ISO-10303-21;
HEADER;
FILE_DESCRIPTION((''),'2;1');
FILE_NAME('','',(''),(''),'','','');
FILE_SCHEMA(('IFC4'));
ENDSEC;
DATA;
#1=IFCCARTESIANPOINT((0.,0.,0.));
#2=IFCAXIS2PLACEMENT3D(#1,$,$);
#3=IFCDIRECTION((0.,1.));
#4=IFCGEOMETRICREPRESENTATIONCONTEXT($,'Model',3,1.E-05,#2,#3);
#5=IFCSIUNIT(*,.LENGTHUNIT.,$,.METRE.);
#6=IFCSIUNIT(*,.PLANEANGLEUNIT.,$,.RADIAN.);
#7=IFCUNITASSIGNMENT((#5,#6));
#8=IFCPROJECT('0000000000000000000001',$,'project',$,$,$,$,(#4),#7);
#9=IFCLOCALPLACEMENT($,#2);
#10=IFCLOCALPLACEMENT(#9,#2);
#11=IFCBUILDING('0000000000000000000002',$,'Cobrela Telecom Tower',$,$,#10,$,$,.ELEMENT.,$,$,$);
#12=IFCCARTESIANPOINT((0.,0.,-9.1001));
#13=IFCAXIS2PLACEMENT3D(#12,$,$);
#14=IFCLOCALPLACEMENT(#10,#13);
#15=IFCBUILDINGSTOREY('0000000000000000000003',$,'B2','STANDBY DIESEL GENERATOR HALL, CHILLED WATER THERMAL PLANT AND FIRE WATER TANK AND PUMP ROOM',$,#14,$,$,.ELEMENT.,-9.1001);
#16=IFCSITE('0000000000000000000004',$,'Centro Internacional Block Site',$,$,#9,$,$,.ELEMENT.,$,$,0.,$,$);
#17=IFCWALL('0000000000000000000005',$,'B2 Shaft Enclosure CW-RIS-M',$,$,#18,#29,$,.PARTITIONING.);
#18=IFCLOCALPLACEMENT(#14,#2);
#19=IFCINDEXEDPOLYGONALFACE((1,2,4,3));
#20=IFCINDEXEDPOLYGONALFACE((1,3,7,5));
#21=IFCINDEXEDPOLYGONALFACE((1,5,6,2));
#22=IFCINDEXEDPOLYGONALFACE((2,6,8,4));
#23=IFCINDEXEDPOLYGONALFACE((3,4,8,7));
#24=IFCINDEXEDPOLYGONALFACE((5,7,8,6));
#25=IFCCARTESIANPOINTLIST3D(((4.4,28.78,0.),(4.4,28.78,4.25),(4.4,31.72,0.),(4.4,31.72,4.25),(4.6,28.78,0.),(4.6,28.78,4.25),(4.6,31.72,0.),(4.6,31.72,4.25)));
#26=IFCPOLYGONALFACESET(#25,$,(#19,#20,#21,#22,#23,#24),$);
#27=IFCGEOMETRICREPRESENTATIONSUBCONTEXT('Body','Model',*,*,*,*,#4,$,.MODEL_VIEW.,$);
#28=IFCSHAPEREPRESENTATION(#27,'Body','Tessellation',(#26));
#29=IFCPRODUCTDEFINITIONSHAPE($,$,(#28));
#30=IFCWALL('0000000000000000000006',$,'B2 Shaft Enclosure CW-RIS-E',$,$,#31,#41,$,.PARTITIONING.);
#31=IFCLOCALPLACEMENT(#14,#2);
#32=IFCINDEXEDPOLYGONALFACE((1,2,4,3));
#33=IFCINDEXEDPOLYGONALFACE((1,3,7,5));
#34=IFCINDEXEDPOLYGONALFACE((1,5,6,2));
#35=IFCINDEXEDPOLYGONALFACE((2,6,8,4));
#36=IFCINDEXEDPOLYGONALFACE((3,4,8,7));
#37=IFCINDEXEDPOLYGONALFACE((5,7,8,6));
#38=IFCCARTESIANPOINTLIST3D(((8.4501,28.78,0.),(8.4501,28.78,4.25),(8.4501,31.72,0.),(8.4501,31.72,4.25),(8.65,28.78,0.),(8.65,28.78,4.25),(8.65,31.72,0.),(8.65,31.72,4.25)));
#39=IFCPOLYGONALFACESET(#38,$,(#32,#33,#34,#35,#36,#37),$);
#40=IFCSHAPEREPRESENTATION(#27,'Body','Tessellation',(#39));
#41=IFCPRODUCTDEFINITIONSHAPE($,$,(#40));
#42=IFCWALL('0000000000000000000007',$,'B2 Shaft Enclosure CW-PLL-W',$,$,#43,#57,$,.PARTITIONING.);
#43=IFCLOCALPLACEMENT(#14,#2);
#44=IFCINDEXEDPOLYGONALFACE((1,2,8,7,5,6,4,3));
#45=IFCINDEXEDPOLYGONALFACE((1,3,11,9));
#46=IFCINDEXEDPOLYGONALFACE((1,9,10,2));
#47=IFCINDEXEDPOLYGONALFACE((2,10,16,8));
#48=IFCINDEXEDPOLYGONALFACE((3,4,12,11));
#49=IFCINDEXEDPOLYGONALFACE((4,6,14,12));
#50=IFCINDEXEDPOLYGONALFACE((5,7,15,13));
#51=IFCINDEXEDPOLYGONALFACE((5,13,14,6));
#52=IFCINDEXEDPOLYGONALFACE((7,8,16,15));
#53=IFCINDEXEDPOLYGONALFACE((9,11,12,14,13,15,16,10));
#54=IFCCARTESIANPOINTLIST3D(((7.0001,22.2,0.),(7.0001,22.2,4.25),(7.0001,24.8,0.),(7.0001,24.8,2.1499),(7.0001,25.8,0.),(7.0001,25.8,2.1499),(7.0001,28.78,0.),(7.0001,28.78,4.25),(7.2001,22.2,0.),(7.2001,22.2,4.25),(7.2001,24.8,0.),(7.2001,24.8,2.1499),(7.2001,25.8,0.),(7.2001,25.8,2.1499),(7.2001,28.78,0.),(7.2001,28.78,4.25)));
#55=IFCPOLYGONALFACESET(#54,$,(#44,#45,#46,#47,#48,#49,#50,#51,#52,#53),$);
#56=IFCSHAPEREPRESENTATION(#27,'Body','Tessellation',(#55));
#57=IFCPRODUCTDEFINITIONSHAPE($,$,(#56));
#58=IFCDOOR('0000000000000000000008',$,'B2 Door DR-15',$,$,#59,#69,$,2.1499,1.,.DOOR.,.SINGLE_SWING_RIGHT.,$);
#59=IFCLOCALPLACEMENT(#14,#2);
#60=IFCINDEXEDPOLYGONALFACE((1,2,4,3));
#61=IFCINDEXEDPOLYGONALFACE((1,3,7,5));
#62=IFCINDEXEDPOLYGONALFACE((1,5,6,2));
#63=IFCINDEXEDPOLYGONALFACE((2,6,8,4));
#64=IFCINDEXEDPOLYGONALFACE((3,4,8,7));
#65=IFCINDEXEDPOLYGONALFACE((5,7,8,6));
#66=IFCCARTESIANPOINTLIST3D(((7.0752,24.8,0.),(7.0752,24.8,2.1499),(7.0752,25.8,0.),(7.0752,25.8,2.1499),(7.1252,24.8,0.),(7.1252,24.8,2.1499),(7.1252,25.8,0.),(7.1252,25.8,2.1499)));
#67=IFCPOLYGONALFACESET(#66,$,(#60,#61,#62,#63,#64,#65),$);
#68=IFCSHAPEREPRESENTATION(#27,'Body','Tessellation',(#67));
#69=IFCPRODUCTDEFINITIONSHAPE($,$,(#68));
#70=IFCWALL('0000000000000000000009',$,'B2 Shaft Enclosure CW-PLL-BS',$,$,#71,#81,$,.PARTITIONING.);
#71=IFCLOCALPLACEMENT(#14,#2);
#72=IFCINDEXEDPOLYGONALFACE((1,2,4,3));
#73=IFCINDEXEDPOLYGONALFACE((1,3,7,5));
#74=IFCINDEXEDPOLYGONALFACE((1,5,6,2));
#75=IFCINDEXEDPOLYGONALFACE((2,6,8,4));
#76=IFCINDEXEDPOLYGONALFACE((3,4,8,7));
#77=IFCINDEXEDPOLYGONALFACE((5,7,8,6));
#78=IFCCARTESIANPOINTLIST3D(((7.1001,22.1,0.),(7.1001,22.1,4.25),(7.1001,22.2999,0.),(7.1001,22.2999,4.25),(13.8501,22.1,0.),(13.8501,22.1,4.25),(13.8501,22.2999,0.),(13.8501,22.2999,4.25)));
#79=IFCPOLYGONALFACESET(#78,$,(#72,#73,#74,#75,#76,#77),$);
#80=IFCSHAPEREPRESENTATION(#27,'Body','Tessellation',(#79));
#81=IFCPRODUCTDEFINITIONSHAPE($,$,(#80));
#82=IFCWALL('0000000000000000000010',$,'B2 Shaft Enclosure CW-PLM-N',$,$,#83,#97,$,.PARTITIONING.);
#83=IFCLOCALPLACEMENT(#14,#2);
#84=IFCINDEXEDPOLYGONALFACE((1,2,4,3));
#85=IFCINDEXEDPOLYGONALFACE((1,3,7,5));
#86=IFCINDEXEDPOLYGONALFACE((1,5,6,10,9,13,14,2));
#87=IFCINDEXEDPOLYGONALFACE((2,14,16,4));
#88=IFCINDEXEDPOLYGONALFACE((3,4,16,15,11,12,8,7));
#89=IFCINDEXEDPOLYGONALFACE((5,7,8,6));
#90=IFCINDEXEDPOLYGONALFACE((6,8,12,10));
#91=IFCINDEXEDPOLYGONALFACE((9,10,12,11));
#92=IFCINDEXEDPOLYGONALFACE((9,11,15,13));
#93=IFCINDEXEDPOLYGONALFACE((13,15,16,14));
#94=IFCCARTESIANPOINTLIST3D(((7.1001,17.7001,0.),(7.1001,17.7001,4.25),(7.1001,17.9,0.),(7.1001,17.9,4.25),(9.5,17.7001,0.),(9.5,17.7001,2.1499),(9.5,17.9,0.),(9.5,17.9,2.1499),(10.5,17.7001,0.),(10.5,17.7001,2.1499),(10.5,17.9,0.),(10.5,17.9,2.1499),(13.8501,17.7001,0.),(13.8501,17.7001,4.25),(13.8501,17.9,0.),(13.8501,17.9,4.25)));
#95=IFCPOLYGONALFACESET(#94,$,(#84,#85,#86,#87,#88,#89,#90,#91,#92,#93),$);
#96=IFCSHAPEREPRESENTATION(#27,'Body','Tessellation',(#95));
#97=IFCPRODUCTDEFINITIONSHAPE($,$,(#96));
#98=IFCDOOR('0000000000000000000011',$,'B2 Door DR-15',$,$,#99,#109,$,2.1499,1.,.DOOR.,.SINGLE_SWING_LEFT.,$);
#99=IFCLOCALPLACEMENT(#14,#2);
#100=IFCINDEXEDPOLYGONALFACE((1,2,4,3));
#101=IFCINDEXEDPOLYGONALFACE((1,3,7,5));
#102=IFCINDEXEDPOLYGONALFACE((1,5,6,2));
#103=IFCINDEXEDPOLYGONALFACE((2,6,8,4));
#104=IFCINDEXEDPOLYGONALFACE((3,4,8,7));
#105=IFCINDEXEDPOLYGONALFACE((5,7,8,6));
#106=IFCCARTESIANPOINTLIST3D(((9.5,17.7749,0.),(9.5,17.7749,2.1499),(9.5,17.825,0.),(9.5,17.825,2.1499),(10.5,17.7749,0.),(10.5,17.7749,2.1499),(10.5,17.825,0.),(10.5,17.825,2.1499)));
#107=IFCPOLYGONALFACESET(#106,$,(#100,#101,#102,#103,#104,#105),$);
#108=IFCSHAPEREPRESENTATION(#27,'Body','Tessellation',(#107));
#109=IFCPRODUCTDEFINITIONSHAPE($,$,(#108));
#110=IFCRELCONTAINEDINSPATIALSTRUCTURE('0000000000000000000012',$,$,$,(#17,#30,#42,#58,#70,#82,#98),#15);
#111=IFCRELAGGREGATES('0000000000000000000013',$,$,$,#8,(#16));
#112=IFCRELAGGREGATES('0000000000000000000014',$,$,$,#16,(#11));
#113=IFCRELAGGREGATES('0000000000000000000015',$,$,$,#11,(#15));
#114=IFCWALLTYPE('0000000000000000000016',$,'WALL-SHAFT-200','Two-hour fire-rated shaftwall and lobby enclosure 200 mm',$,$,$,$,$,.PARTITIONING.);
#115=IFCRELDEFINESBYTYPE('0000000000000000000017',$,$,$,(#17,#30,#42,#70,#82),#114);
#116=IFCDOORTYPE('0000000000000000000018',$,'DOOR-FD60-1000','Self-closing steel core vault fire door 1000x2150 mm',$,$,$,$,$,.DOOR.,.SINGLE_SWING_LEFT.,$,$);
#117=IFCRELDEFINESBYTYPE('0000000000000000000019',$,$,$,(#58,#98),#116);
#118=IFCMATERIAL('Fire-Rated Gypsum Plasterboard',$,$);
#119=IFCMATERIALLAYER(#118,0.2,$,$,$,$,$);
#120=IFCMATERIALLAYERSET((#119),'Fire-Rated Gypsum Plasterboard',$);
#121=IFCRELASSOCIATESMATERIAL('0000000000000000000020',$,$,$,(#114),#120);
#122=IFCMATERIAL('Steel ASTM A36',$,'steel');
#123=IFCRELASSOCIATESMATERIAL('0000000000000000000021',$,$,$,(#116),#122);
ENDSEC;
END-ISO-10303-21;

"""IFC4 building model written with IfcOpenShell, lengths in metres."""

from ifc_helpers import new_model, si_unit, direction, frame, frame_2d, origin, place, context, subcontext, project, spatial, rectangle, extrude, material, layer, layer_set, type_object, element, fill, save


model = new_model("IFC4")

# Units and contexts
model_context = context("Model", 3, precision=1e-05, world=origin(), true_north=direction((0.0, 1.0)))
body_context = subcontext(model_context, "Body", "Model", "MODEL_VIEW")
ifc_project = project(units=[si_unit("LENGTHUNIT", "METRE"), si_unit("PLANEANGLEUNIT", "RADIAN")], contexts=[model_context])

# Site, building, storey
site_placement = place(None, origin())
site = spatial("IfcSite", under=ifc_project, at=site_placement, Name="Centro Internacional Block Site", CompositionType="ELEMENT", RefElevation=0.0)
building_placement = place(site_placement, origin())
building = spatial("IfcBuilding", under=site, at=building_placement, Name="Cobrela Telecom Tower", CompositionType="ELEMENT")
storey_placement = place(building_placement, frame((0.0, 0.0, -9.1001)))
storey = spatial("IfcBuildingStorey", under=building, at=storey_placement, Name="B2", Description="STANDBY DIESEL GENERATOR HALL, CHILLED WATER THERMAL PLANT AND FIRE WATER TANK AND PUMP ROOM", CompositionType="ELEMENT", Elevation=-9.1001)

# Shared definitions
ifc_material_1 = material(Name="Fire-Rated Gypsum Plasterboard")

# Shared definitions
ifc_layer_1 = layer(ifc_material_1, 0.2)
ifc_layer_set_1 = layer_set([ifc_layer_1], Name="Fire-Rated Gypsum Plasterboard")
wall_type_1 = type_object("IfcWallType", Name="WALL-SHAFT-200", Description="Two-hour fire-rated shaftwall and lobby enclosure 200 mm", PredefinedType="PARTITIONING", material=ifc_layer_set_1)

# Shared definitions
ifc_material_2 = material(Name="Steel ASTM A36", Category="steel")

# Walls
for number, where, z_axis, x_axis, name in (
    (1, (4.5, 28.78, 0.0), (0.0, 0.0, 1.0), (0.0, 1.0, 0.0), "B2 Shaft Enclosure CW-RIS-M"),
    (2, (8.55, 28.78, 0.0), (0.0, 0.0, 1.0), (0.0, 1.0, 0.0), "B2 Shaft Enclosure CW-RIS-E"),
):
    element("IfcWall", number, at=place(storey_placement, frame(where, z_axis=z_axis, x_axis=x_axis)), inside=storey, type_object=wall_type_1, Name=name, PredefinedType="PARTITIONING", context=body_context, shape_type="SweptSolid", body=[
        extrude(rectangle(XDim=2.9399, YDim=0.2, at=frame_2d((1.47, 0.0))), origin(), (0.0, 0.0, 1.0), 4.25),
    ])

# Wall, opening, door
wall_1_placement = place(storey_placement, frame((7.1001, 22.2, 0.0), z_axis=(0.0, 0.0, 1.0), x_axis=(0.0, 1.0, 0.0)))
wall_1 = element("IfcWall", 3, at=wall_1_placement, inside=storey, type_object=wall_type_1, Name="B2 Shaft Enclosure CW-PLL-W", PredefinedType="PARTITIONING", context=body_context, shape_type="SweptSolid", body=[
    extrude(rectangle(XDim=6.5801, YDim=0.2, at=frame_2d((3.29, 0.0))), origin(), (0.0, 0.0, 1.0), 4.25),
])
opening_1_placement = place(wall_1_placement, frame((2.6001, 0.0, 0.0)))
opening_1 = element("IfcOpeningElement", 4, at=opening_1_placement, cuts=wall_1, PredefinedType="OPENING", context=body_context, shape_type="SweptSolid", body=[
    extrude(rectangle(XDim=1.0, YDim=2.1499, at=frame_2d((0.5, 1.075))), frame((0.0, 0.1118, 0.0), z_axis=(0.0, -1.0, 0.0), x_axis=(1.0, 0.0, 0.0)), (0.0, 0.0, 1.0), 0.2239),
])
door_type_1 = type_object("IfcDoorType", Name="DOOR-FD60-1000", Description="Self-closing steel core vault fire door 1000x2150 mm", OperationType="SINGLE_SWING_LEFT", PredefinedType="DOOR", material=ifc_material_2)
door_1_placement = place(opening_1_placement, origin())
door_1 = element("IfcDoor", 5, at=door_1_placement, inside=storey, type_object=door_type_1, Name="B2 Door DR-15", OperationType="SINGLE_SWING_RIGHT", OverallHeight=2.1499, OverallWidth=1.0, PredefinedType="DOOR", context=body_context, shape_type="SweptSolid", body=[
    extrude(rectangle(XDim=1.0, YDim=2.1499, at=frame_2d((0.5, 1.075))), frame((0.0, 0.0249, 0.0), z_axis=(0.0, -1.0, 0.0), x_axis=(1.0, 0.0, 0.0)), (0.0, 0.0, 1.0), 0.05),
])
fill(opening_1, door_1)

# Wall
wall_2_placement = place(storey_placement, frame((7.1001, 22.2, 0.0), z_axis=(0.0, 0.0, 1.0), x_axis=(1.0, 0.0, 0.0)))
element("IfcWall", 6, at=wall_2_placement, inside=storey, type_object=wall_type_1, Name="B2 Shaft Enclosure CW-PLL-BS", PredefinedType="PARTITIONING", context=body_context, shape_type="SweptSolid", body=[
    extrude(rectangle(XDim=6.75, YDim=0.2, at=frame_2d((3.375, 0.0))), origin(), (0.0, 0.0, 1.0), 4.25),
])

# Wall, opening, door
wall_3_placement = place(storey_placement, frame((7.1001, 17.8, 0.0), z_axis=(0.0, 0.0, 1.0), x_axis=(1.0, 0.0, 0.0)))
wall_3 = element("IfcWall", 7, at=wall_3_placement, inside=storey, type_object=wall_type_1, Name="B2 Shaft Enclosure CW-PLM-N", PredefinedType="PARTITIONING", context=body_context, shape_type="SweptSolid", body=[
    extrude(rectangle(XDim=6.75, YDim=0.2, at=frame_2d((3.375, 0.0))), origin(), (0.0, 0.0, 1.0), 4.25),
])
opening_2_placement = place(wall_3_placement, frame((2.3999, 0.0, 0.0)))
opening_2 = element("IfcOpeningElement", 8, at=opening_2_placement, cuts=wall_3, PredefinedType="OPENING", context=body_context, shape_type="SweptSolid", body=[
    extrude(rectangle(XDim=1.0, YDim=2.1499, at=frame_2d((0.5, 1.075))), frame((0.0, 0.1118, 0.0), z_axis=(0.0, -1.0, 0.0), x_axis=(1.0, 0.0, 0.0)), (0.0, 0.0, 1.0), 0.2239),
])
door_2_placement = place(opening_2_placement, origin())
door_2 = element("IfcDoor", 9, at=door_2_placement, inside=storey, type_object=door_type_1, Name="B2 Door DR-15", OperationType="SINGLE_SWING_LEFT", OverallHeight=2.1499, OverallWidth=1.0, PredefinedType="DOOR", context=body_context, shape_type="SweptSolid", body=[
    extrude(rectangle(XDim=1.0, YDim=2.1499, at=frame_2d((0.5, 1.075))), frame((0.0, 0.0249, 0.0), z_axis=(0.0, -1.0, 0.0), x_axis=(1.0, 0.0, 0.0)), (0.0, 0.0, 1.0), 0.05),
])
fill(opening_2, door_2)

save(model, "model.ifc")
